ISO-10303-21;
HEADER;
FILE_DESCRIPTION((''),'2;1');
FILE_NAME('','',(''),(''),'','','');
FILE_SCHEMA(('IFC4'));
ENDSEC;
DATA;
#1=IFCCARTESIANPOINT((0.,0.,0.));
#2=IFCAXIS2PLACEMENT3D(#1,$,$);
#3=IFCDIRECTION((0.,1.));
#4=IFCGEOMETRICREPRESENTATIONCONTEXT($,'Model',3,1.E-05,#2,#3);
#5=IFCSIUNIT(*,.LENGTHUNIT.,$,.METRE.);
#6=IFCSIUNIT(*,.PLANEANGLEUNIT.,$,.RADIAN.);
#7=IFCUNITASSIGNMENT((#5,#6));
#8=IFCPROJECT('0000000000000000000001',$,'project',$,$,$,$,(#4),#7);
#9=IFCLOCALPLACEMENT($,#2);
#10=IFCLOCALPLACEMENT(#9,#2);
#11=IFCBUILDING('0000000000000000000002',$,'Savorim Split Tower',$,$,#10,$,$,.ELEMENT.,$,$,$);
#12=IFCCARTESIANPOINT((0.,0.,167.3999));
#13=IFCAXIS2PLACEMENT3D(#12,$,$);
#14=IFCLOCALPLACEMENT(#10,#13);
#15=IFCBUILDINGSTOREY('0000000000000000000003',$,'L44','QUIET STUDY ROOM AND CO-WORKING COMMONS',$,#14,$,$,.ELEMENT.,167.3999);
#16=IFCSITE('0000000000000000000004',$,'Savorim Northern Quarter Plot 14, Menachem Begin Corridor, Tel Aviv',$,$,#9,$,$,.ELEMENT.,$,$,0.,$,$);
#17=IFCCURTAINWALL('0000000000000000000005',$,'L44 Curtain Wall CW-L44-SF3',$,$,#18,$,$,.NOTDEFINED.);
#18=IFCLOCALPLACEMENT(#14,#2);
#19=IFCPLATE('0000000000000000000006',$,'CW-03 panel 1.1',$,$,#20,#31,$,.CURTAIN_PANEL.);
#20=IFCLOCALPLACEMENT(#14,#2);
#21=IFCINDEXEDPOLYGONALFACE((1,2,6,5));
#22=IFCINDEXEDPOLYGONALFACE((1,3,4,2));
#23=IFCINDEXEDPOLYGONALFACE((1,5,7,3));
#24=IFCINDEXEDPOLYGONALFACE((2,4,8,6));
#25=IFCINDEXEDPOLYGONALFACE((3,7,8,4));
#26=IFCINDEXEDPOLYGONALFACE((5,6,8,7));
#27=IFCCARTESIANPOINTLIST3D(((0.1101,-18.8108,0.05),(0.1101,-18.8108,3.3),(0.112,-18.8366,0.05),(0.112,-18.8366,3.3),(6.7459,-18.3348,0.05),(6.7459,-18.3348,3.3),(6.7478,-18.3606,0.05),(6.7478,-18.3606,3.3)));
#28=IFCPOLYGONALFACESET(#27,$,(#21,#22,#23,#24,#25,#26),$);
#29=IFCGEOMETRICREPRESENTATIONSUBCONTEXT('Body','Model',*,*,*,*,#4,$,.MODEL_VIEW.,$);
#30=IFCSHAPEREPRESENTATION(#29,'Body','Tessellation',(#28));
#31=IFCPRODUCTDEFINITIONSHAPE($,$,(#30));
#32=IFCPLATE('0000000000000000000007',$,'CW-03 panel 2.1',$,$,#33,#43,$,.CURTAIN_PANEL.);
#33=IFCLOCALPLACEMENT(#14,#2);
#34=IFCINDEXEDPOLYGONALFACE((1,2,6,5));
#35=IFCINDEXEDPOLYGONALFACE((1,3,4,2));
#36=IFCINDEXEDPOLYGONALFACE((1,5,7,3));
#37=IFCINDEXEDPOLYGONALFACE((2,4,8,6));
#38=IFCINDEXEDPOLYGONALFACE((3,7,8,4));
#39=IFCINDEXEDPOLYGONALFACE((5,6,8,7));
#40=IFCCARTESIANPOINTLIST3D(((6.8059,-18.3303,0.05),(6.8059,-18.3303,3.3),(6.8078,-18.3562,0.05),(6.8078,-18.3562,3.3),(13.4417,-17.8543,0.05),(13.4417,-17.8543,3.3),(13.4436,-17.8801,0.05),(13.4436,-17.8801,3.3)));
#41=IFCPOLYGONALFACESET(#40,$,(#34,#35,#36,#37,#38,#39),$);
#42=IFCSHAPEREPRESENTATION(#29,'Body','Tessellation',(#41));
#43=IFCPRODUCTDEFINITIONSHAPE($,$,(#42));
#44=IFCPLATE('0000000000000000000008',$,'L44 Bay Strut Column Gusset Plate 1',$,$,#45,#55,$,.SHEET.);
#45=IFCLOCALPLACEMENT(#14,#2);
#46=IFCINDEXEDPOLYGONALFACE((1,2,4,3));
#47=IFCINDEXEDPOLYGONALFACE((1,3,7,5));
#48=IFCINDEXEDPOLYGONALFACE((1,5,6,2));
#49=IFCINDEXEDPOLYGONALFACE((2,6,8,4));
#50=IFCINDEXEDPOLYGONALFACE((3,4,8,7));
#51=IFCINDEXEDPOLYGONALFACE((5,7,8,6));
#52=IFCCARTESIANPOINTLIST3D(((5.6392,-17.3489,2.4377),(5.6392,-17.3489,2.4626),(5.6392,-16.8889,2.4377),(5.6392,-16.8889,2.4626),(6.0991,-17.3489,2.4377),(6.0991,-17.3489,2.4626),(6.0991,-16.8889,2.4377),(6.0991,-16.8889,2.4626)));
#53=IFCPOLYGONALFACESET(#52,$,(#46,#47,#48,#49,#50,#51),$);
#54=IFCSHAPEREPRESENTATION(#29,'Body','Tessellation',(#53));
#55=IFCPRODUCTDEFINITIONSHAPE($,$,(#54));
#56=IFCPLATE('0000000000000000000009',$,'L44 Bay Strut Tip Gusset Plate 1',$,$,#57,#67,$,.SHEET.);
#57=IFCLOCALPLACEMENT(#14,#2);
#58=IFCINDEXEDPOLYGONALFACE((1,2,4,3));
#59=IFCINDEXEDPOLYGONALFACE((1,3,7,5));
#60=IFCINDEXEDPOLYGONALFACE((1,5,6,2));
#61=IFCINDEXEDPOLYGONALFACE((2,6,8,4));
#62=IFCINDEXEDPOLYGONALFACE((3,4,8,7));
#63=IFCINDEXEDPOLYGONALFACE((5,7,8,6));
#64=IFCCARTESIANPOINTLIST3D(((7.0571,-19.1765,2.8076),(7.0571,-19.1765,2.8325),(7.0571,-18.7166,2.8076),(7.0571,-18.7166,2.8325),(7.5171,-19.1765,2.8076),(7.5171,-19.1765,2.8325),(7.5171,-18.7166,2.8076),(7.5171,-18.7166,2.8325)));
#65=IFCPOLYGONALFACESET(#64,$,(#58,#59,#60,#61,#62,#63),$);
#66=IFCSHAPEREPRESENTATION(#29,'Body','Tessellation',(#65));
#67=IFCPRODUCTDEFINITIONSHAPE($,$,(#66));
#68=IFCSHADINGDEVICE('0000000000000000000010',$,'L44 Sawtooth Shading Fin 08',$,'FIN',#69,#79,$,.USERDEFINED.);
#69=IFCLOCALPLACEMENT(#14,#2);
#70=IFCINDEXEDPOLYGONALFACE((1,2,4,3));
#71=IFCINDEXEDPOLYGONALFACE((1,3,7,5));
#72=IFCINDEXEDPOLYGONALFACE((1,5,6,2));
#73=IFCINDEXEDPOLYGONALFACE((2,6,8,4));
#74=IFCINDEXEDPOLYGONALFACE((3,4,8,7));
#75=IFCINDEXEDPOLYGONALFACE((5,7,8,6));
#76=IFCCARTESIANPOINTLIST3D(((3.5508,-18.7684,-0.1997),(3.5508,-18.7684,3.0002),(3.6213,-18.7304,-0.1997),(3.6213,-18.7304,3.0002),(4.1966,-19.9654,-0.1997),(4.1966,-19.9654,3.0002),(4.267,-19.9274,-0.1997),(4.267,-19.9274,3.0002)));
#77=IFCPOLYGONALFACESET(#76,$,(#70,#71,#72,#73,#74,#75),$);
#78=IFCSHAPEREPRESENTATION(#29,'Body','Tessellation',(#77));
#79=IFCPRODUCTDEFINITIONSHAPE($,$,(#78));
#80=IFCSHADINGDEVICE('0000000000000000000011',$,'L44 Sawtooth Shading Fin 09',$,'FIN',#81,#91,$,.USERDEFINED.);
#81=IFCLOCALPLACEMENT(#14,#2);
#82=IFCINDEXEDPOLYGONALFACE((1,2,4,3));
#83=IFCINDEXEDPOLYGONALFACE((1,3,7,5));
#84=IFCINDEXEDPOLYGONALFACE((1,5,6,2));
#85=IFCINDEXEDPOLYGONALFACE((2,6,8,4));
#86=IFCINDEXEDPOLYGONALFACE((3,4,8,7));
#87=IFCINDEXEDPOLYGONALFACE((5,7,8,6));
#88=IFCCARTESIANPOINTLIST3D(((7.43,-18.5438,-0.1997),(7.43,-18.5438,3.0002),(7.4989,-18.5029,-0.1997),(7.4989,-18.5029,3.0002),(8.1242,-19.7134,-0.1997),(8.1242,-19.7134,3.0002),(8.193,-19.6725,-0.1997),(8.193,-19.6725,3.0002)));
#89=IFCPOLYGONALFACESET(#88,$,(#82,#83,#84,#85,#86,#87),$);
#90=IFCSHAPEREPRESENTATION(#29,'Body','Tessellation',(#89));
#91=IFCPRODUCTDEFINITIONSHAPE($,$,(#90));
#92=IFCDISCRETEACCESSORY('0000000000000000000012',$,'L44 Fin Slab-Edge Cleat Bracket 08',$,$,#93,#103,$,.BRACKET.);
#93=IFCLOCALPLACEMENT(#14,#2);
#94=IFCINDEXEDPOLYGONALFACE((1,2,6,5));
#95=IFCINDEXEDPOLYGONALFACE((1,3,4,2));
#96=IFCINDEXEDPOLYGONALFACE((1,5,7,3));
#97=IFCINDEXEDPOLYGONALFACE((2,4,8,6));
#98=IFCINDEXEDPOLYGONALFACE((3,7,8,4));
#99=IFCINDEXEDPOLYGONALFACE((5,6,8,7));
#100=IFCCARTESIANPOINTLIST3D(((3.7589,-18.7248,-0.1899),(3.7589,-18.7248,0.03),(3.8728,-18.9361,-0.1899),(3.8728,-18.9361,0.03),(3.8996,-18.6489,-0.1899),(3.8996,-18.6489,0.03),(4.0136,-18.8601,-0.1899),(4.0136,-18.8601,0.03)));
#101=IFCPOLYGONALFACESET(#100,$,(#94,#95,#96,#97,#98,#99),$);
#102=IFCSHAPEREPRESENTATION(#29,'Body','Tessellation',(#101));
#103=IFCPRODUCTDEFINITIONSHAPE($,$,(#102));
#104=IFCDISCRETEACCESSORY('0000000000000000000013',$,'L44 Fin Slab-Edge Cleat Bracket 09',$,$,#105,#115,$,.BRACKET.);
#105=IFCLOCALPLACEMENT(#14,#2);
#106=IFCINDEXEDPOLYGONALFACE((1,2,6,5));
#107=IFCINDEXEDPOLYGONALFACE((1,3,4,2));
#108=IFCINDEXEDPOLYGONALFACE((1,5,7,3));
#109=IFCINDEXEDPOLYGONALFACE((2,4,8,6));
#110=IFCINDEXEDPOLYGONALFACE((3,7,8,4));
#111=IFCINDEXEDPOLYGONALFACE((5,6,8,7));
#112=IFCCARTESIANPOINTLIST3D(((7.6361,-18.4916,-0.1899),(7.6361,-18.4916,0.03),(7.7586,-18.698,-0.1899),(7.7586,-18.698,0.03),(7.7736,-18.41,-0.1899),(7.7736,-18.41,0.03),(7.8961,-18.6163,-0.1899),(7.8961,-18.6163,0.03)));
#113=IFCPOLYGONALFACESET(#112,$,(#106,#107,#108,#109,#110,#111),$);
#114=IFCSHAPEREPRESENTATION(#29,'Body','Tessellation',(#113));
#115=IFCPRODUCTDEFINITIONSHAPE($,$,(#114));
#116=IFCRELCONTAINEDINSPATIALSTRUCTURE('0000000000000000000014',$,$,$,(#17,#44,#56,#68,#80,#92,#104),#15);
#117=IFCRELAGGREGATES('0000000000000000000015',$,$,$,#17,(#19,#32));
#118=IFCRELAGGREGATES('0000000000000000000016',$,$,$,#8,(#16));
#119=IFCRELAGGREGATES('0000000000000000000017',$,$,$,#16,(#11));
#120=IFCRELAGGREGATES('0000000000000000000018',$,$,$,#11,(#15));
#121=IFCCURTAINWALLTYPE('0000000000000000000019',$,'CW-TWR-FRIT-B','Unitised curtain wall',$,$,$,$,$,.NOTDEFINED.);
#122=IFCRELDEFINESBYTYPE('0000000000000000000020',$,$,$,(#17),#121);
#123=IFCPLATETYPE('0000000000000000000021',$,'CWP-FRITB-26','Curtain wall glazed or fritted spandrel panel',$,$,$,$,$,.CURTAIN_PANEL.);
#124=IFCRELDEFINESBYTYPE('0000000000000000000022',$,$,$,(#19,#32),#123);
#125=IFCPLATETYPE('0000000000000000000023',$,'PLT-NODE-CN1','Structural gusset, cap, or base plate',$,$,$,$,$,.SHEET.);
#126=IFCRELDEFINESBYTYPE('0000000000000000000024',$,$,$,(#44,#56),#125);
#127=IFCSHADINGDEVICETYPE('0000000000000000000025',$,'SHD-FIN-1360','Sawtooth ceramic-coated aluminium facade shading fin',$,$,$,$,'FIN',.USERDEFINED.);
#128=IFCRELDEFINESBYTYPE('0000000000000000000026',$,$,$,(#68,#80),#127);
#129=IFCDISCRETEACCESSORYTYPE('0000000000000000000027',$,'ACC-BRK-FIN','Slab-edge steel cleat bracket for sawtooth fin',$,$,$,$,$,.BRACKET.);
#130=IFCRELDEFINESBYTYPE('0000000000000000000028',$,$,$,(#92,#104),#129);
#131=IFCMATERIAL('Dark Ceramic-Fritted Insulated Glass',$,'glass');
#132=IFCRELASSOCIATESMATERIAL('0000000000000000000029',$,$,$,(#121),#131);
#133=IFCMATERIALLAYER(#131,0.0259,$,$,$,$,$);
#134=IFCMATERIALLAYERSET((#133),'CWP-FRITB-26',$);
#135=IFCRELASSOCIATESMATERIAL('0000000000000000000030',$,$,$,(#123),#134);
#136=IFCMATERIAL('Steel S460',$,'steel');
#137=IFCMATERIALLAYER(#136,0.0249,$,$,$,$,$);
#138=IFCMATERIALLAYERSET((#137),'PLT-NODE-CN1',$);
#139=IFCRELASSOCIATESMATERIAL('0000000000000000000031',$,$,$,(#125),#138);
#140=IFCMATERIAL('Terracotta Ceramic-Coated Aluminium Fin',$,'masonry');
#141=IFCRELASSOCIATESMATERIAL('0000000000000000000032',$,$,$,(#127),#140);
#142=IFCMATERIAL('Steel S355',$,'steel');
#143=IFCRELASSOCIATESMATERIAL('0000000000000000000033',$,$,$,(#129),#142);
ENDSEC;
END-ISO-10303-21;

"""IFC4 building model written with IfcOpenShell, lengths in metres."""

from ifc_helpers import new_model, si_unit, direction, frame, origin, origin_2d, place, context, subcontext, project, spatial, rectangle, extrude, material, layer, layer_set, type_object, element, aggregate, save


model = new_model("IFC4")

# Units and contexts
model_context = context("Model", 3, precision=1e-05, world=origin(), true_north=direction((0.0, 1.0)))
body_context = subcontext(model_context, "Body", "Model", "MODEL_VIEW")
ifc_project = project(units=[si_unit("LENGTHUNIT", "METRE"), si_unit("PLANEANGLEUNIT", "RADIAN")], contexts=[model_context])

# Site, building, storey
site_placement = place(None, origin())
site = spatial("IfcSite", under=ifc_project, at=site_placement, Name="Savorim Northern Quarter Plot 14, Menachem Begin Corridor, Tel Aviv", CompositionType="ELEMENT", RefElevation=0.0)
building_placement = place(site_placement, origin())
building = spatial("IfcBuilding", under=site, at=building_placement, Name="Savorim Split Tower", CompositionType="ELEMENT")
storey_placement = place(building_placement, frame((0.0, 0.0, 167.3999)))
storey = spatial("IfcBuildingStorey", under=building, at=storey_placement, Name="L44", Description="QUIET STUDY ROOM AND CO-WORKING COMMONS", CompositionType="ELEMENT", Elevation=167.3999)

# Shared definitions
ifc_material_1 = material(Name="Steel S460", Category="steel")

# Shared definitions
ifc_material_2 = material(Name="Steel S355", Category="steel")

# Curtain wall
ifc_material_3 = material(Name="Dark Ceramic-Fritted Insulated Glass", Category="glass")
curtain_wall_type = type_object("IfcCurtainWallType", Name="CW-TWR-FRIT-B", Description="Unitised curtain wall", PredefinedType="NOTDEFINED", material=ifc_material_3)
curtain_wall_placement = place(storey_placement, origin())
curtain_wall = element("IfcCurtainWall", 1, at=curtain_wall_placement, inside=storey, type_object=curtain_wall_type, Name="L44 Curtain Wall CW-L44-SF3", PredefinedType="NOTDEFINED")

# Plates
ifc_layer_1 = layer(ifc_material_3, 0.0259)
ifc_layer_set_1 = layer_set([ifc_layer_1], Name="CWP-FRITB-26")
plate_type_1 = type_object("IfcPlateType", Name="CWP-FRITB-26", Description="Curtain wall glazed or fritted spandrel panel", PredefinedType="CURTAIN_PANEL", material=ifc_layer_set_1)
plate_1_placement = place(storey_placement, frame((3.429, -18.5857, 0.05), z_axis=(0.0, 0.0, 1.0), x_axis=(0.997436, 0.071557, 0.0)))
plate_1 = element("IfcPlate", 2, at=plate_1_placement, type_object=plate_type_1, Name="CW-03 panel 1.1", PredefinedType="CURTAIN_PANEL", context=body_context, shape_type="SweptSolid", body=[
    extrude(rectangle(XDim=6.6528, YDim=0.0259, at=origin_2d()), origin(), (0.0, 0.0, 1.0), 3.25),
])
plate_2_placement = place(storey_placement, frame((10.1248, -18.1052, 0.05), z_axis=(0.0, 0.0, 1.0), x_axis=(0.997436, 0.071557, 0.0)))
plate_2 = element("IfcPlate", 3, at=plate_2_placement, type_object=plate_type_1, Name="CW-03 panel 2.1", PredefinedType="CURTAIN_PANEL", context=body_context, shape_type="SweptSolid", body=[
    extrude(rectangle(XDim=6.6528, YDim=0.0259, at=origin_2d()), origin(), (0.0, 0.0, 1.0), 3.25),
])
aggregate(curtain_wall, [plate_1, plate_2])

# Plates
ifc_layer_2 = layer(ifc_material_1, 0.0249)
ifc_layer_set_2 = layer_set([ifc_layer_2], Name="PLT-NODE-CN1")
plate_type_2 = type_object("IfcPlateType", Name="PLT-NODE-CN1", Description="Structural gusset, cap, or base plate", PredefinedType="SHEET", material=ifc_layer_set_2)
for number, where, z_axis, x_axis, name in (
    (4, (5.8691, -17.1189, 2.4377), (0.0, 0.0, 1.0), (1.0, 0.0, 0.0), "L44 Bay Strut Column Gusset Plate 1"),
    (5, (7.2871, -18.9465, 2.8076), (0.0, 0.0, 1.0), (1.0, 0.0, 0.0), "L44 Bay Strut Tip Gusset Plate 1"),
):
    element("IfcPlate", number, at=place(storey_placement, frame(where, z_axis=z_axis, x_axis=x_axis)), inside=storey, type_object=plate_type_2, Name=name, PredefinedType="SHEET", context=body_context, shape_type="SweptSolid", body=[
        extrude(rectangle(XDim=0.46, YDim=0.46, at=origin_2d()), origin(), (0.0, 0.0, 1.0), 0.0249),
    ])

# Shading devices
ifc_material_4 = material(Name="Terracotta Ceramic-Coated Aluminium Fin", Category="masonry")
shading_device_type = type_object("IfcShadingDeviceType", Name="SHD-FIN-1360", Description="Sawtooth ceramic-coated aluminium facade shading fin", ElementType="FIN", PredefinedType="USERDEFINED", material=ifc_material_4)
for number, where, z_axis, x_axis, name in (
    (6, (3.9089, -19.3479, -0.1997), (0.0, 0.0, 1.0), (0.474778, -0.880106, 0.0), "L44 Sawtooth Shading Fin 08"),
    (7, (7.8115, -19.1082, -0.1997), (0.0, 0.0, 1.0), (0.510391, -0.859942, 0.0), "L44 Sawtooth Shading Fin 09"),
):
    element("IfcShadingDevice", number, at=place(storey_placement, frame(where, z_axis=z_axis, x_axis=x_axis)), inside=storey, type_object=shading_device_type, Name=name, ObjectType="FIN", PredefinedType="USERDEFINED", context=body_context, shape_type="SweptSolid", body=[
        extrude(rectangle(XDim=1.3601, YDim=0.0801, at=origin_2d()), origin(), (0.0, 0.0, 1.0), 3.2),
    ])

# Discrete accessories
discrete_accessory_type = type_object("IfcDiscreteAccessoryType", Name="ACC-BRK-FIN", Description="Slab-edge steel cleat bracket for sawtooth fin", PredefinedType="BRACKET", material=ifc_material_2)
for number, where, z_axis, x_axis, name in (
    (8, (3.8862, -18.7925, -0.1899), (0.0, 0.0, 1.0), (0.474778, -0.880106, 0.0), "L44 Fin Slab-Edge Cleat Bracket 08"),
    (9, (7.7661, -18.554, -0.1899), (0.0, 0.0, 1.0), (0.510391, -0.859942, 0.0), "L44 Fin Slab-Edge Cleat Bracket 09"),
):
    element("IfcDiscreteAccessory", number, at=place(storey_placement, frame(where, z_axis=z_axis, x_axis=x_axis)), inside=storey, type_object=discrete_accessory_type, Name=name, PredefinedType="BRACKET", context=body_context, shape_type="SweptSolid", body=[
        extrude(rectangle(XDim=0.24, YDim=0.1599, at=origin_2d()), origin(), (0.0, 0.0, 1.0), 0.22),
    ])

save(model, "model.ifc")
